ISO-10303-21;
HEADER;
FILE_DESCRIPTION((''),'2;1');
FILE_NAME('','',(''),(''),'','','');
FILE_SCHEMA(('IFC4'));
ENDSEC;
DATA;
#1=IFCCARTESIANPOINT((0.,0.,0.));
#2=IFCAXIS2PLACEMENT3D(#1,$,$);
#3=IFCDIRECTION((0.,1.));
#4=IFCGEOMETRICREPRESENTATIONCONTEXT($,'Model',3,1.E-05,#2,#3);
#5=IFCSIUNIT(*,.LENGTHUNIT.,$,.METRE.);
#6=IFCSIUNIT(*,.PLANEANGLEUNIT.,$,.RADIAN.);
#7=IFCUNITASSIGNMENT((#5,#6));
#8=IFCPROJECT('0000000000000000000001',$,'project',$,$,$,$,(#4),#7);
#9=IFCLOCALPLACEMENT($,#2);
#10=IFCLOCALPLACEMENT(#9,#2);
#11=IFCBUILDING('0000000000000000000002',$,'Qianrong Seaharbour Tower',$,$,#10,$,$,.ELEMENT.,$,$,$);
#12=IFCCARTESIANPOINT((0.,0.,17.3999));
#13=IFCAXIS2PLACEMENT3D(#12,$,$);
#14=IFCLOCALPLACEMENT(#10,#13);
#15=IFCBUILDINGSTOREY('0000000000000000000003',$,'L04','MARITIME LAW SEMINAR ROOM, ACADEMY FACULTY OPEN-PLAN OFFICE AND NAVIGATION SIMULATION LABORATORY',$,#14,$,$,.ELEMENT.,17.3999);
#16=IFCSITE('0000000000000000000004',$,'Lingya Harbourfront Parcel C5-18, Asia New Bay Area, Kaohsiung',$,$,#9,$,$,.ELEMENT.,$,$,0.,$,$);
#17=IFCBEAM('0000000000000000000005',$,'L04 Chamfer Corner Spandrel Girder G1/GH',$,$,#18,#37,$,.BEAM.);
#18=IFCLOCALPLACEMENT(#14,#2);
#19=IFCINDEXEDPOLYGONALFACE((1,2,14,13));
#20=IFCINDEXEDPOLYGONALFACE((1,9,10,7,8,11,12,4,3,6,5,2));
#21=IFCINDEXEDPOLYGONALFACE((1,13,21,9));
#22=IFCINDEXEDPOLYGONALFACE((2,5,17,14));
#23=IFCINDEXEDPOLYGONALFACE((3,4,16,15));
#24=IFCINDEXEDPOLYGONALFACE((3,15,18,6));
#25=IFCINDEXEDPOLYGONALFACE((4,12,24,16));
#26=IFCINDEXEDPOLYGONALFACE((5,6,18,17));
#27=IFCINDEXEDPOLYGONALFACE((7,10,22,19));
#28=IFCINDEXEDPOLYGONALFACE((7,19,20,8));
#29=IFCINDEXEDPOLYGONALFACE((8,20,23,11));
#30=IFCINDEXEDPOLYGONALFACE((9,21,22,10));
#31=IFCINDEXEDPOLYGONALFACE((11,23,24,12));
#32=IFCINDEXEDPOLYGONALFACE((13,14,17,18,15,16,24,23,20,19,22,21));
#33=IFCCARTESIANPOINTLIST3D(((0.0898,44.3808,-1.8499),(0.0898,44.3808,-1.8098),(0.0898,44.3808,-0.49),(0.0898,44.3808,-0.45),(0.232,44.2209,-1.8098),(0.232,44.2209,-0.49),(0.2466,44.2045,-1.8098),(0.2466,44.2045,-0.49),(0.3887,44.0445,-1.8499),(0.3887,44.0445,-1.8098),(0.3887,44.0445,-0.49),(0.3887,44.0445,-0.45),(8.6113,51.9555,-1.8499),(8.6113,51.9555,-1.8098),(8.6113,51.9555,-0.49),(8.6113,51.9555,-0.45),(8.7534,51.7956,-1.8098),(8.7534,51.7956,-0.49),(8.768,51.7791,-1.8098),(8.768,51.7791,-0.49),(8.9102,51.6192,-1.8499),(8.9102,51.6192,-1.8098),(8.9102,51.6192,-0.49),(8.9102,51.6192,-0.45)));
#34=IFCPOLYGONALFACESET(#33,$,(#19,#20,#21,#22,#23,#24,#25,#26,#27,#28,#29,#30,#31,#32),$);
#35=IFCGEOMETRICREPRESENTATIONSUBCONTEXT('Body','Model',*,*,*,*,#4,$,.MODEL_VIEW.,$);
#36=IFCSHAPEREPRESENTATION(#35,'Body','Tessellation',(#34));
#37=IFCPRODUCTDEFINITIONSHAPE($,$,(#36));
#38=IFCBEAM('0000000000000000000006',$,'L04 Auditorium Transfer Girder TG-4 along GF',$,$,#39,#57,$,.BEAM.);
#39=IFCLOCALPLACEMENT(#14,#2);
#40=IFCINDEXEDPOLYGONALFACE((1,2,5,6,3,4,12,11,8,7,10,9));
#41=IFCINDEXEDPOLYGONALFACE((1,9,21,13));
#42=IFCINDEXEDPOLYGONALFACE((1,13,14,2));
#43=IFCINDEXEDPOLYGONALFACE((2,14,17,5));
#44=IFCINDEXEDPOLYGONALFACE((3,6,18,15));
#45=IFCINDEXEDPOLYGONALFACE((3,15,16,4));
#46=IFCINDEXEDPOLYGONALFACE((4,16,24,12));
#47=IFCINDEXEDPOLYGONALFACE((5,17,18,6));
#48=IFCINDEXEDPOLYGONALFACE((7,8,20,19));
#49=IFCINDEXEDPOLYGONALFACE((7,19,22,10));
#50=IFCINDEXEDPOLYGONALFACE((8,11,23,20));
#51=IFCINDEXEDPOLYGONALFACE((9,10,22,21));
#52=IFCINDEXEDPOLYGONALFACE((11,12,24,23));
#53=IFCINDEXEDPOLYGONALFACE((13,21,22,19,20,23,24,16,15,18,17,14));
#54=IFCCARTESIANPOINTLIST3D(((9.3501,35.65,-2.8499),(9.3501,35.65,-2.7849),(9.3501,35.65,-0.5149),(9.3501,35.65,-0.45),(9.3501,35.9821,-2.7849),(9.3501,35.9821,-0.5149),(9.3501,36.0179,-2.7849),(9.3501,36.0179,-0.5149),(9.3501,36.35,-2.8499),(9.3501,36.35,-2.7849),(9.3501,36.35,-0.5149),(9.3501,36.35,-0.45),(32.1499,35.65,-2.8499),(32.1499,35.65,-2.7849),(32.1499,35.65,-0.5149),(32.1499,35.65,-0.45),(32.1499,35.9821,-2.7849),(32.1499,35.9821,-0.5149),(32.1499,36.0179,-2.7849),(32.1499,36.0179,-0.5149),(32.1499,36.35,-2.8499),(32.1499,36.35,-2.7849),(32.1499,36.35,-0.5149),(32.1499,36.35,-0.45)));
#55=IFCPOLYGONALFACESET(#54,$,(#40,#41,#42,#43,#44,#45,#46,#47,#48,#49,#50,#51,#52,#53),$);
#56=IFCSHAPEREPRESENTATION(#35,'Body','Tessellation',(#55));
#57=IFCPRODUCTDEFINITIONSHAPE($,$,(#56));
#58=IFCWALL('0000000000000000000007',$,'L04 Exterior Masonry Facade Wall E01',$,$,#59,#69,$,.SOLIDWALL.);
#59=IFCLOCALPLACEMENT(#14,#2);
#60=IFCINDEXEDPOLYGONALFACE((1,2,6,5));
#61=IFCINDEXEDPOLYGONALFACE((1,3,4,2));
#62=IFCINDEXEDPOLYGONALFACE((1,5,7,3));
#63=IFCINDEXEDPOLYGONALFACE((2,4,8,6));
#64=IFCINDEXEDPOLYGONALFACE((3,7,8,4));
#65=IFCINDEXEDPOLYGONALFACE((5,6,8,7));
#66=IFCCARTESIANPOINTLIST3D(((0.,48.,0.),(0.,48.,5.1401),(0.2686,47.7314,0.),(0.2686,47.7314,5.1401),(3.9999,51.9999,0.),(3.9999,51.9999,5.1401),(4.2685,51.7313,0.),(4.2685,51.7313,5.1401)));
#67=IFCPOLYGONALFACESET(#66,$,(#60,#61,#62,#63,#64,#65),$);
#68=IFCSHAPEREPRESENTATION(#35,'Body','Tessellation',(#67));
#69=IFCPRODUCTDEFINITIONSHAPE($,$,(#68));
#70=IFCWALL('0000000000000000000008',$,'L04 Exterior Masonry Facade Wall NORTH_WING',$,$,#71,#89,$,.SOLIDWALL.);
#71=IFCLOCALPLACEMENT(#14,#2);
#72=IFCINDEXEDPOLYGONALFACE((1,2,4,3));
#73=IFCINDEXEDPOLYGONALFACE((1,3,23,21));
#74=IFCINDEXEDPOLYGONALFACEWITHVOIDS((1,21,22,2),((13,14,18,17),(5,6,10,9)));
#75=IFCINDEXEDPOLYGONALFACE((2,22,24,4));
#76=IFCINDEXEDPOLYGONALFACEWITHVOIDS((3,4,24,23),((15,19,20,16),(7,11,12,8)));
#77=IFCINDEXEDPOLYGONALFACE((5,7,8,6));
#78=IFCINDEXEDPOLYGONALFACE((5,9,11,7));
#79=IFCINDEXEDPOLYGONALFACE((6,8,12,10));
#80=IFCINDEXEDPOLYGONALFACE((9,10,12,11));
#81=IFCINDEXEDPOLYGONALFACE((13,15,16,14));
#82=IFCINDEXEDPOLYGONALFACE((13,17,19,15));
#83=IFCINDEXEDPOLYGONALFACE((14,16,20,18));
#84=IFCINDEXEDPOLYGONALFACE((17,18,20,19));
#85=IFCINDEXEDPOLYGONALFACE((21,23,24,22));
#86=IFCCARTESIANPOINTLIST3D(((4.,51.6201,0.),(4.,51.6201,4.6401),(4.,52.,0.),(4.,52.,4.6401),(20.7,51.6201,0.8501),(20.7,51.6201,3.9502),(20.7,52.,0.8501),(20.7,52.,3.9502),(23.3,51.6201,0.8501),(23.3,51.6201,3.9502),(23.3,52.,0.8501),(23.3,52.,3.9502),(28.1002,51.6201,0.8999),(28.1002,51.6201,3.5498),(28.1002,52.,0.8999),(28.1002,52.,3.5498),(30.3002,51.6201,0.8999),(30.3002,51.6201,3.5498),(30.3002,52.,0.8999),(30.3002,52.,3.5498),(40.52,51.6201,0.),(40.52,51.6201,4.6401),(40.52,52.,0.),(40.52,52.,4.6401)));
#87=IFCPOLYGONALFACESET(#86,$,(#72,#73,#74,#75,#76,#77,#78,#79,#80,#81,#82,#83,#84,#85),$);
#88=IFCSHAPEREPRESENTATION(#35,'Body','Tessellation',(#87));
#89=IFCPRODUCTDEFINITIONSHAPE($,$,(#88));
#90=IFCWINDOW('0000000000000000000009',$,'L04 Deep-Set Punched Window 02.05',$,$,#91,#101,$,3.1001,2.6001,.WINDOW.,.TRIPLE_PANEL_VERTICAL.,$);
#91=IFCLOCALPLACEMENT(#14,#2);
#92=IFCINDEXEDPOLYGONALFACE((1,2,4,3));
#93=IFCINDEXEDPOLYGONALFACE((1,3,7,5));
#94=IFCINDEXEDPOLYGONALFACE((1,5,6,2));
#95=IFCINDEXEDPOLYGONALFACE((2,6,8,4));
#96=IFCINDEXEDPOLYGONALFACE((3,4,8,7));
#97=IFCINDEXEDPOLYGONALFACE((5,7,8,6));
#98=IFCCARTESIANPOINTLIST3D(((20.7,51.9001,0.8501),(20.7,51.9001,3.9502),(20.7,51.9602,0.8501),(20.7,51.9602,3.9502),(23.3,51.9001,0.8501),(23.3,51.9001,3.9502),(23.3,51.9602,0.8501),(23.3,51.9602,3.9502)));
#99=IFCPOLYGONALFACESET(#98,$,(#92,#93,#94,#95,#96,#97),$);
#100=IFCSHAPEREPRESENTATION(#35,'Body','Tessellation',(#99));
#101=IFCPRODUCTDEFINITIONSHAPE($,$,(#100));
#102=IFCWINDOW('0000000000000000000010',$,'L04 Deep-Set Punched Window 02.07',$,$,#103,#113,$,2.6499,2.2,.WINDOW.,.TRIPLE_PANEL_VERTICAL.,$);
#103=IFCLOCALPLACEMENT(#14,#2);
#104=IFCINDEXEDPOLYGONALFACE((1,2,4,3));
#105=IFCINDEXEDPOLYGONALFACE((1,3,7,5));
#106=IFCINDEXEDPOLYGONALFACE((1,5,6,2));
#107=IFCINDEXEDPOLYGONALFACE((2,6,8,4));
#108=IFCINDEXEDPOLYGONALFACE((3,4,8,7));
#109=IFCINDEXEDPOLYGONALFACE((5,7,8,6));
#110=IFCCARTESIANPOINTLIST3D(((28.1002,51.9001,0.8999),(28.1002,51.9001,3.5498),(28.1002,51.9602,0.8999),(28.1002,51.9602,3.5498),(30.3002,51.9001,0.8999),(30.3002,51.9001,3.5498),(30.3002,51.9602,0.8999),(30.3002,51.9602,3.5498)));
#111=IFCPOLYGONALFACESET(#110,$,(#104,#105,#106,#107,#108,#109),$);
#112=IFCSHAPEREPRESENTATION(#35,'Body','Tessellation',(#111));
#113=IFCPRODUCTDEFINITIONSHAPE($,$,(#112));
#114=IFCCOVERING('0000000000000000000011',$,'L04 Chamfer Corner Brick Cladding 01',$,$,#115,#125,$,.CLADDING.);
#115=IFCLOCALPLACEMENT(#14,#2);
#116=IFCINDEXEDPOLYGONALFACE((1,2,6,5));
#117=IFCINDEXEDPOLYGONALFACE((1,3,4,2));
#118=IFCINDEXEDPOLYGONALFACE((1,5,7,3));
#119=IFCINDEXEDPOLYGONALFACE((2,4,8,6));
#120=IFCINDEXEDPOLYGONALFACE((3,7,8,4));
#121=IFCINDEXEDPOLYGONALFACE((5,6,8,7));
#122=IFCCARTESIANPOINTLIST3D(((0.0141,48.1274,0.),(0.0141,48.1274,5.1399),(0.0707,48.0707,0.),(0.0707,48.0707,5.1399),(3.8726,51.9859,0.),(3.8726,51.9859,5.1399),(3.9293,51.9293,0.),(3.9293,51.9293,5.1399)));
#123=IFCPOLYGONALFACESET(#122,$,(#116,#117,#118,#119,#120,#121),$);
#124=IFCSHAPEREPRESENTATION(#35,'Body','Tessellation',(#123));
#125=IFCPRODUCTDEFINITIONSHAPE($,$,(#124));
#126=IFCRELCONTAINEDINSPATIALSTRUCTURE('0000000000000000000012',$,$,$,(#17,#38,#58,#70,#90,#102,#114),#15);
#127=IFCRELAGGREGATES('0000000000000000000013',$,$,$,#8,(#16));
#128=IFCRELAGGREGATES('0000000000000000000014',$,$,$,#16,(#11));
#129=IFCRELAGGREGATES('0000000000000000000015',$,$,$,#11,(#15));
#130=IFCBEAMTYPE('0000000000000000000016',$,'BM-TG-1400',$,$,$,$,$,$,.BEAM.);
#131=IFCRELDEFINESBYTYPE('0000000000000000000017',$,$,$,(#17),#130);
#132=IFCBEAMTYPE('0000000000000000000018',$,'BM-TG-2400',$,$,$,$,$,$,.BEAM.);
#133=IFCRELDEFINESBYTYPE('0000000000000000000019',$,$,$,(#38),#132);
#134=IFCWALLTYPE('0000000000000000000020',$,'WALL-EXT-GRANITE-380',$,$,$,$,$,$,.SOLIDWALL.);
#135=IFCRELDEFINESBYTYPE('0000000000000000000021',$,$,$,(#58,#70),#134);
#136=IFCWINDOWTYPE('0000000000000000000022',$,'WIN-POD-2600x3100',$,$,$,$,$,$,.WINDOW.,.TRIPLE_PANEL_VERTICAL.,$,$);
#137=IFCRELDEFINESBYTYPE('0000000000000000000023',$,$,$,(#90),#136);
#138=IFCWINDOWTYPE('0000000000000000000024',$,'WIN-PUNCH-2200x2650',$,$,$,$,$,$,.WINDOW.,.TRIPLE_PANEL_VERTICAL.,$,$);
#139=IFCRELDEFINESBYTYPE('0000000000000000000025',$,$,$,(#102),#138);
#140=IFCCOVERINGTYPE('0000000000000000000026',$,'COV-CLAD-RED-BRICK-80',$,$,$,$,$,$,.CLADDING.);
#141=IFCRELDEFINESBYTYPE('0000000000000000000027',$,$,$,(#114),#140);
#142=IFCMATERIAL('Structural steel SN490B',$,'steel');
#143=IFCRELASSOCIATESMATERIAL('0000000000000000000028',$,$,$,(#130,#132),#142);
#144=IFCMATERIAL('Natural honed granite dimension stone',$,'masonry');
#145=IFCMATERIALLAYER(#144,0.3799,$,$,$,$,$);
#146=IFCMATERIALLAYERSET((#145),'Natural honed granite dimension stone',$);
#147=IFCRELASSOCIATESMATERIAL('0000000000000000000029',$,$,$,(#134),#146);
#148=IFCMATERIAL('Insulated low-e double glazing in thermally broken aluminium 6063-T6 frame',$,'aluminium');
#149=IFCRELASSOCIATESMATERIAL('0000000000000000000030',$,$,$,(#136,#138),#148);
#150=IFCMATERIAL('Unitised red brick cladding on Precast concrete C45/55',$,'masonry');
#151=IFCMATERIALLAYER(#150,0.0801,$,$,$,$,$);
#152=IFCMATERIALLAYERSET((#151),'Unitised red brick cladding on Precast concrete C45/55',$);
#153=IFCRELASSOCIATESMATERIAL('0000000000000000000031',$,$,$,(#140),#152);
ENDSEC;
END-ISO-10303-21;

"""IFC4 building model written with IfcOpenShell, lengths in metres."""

from ifc_helpers import new_model, si_unit, direction, frame, frame_2d, origin, origin_2d, place, context, subcontext, project, spatial, rectangle, i_section, extrude, material, layer, layer_set, material_profile, profile_set, type_object, element, fill, save


model = new_model("IFC4")

# Units and contexts
model_context = context("Model", 3, precision=1e-05, world=origin(), true_north=direction((0.0, 1.0)))
body_context = subcontext(model_context, "Body", "Model", "MODEL_VIEW")
ifc_project = project(units=[si_unit("LENGTHUNIT", "METRE"), si_unit("PLANEANGLEUNIT", "RADIAN")], contexts=[model_context])

# Site, building, storey
site_placement = place(None, origin())
site = spatial("IfcSite", under=ifc_project, at=site_placement, Name="Lingya Harbourfront Parcel C5-18, Asia New Bay Area, Kaohsiung", CompositionType="ELEMENT", RefElevation=0.0)
building_placement = place(site_placement, origin())
building = spatial("IfcBuilding", under=site, at=building_placement, Name="Qianrong Seaharbour Tower", CompositionType="ELEMENT")
storey_placement = place(building_placement, frame((0.0, 0.0, 17.3999)))
storey = spatial("IfcBuildingStorey", under=building, at=storey_placement, Name="L04", Description="MARITIME LAW SEMINAR ROOM, ACADEMY FACULTY OPEN-PLAN OFFICE AND NAVIGATION SIMULATION LABORATORY", CompositionType="ELEMENT", Elevation=17.3999)

# Shared definitions
ifc_material_1 = material(Name="Structural steel SN490B", Category="steel")

# Beams
ifc_material_profile_1 = material_profile(ifc_material_1, i_section(OverallWidth=0.45, OverallDepth=1.3999, WebThickness=0.022, FlangeThickness=0.04, at=origin_2d()), Name="BH1400x450x22x40")
ifc_profile_set_1 = profile_set([ifc_material_profile_1], Name="Structural steel SN490B")
beam_type_1 = type_object("IfcBeamType", Name="BM-TG-1400", PredefinedType="BEAM", material=ifc_profile_set_1)
beam_1_placement = place(storey_placement, frame((8.7607, 51.7874, -1.1499), z_axis=(-0.747407, -0.664366, 0.0), x_axis=(0.664366, -0.747407, 0.0)))
element("IfcBeam", 1, at=beam_1_placement, inside=storey, type_object=beam_type_1, Name="L04 Chamfer Corner Spandrel Girder G1/GH", PredefinedType="BEAM", context=body_context, shape_type="SweptSolid", body=[
    extrude(i_section(OverallWidth=0.45, OverallDepth=1.3999, WebThickness=0.022, FlangeThickness=0.04, at=origin_2d()), origin(), (0.0, 0.0, 1.0), 11.4014),
])
ifc_material_profile_2 = material_profile(ifc_material_1, i_section(OverallWidth=0.7, OverallDepth=2.3999, WebThickness=0.0359, FlangeThickness=0.0649, at=origin_2d()), Name="BH2400x700x36x65")
ifc_profile_set_2 = profile_set([ifc_material_profile_2], Name="Structural steel SN490B")
beam_type_2 = type_object("IfcBeamType", Name="BM-TG-2400", PredefinedType="BEAM", material=ifc_profile_set_2)
beam_2_placement = place(storey_placement, frame((9.3501, 36.0, -1.6499), z_axis=(1.0, 0.0, 0.0), x_axis=(0.0, 1.0, 0.0)))
element("IfcBeam", 2, at=beam_2_placement, inside=storey, type_object=beam_type_2, Name="L04 Auditorium Transfer Girder TG-4 along GF", PredefinedType="BEAM", context=body_context, shape_type="SweptSolid", body=[
    extrude(i_section(OverallWidth=0.7, OverallDepth=2.3999, WebThickness=0.0359, FlangeThickness=0.0649, at=origin_2d()), origin(), (0.0, 0.0, 1.0), 22.7998),
])

# Wall
ifc_material_2 = material(Name="Natural honed granite dimension stone", Category="masonry")
ifc_layer_1 = layer(ifc_material_2, 0.3799)
ifc_layer_set_1 = layer_set([ifc_layer_1], Name="Natural honed granite dimension stone")
wall_type = type_object("IfcWallType", Name="WALL-EXT-GRANITE-380", PredefinedType="SOLIDWALL", material=ifc_layer_set_1)
wall_1_placement = place(storey_placement, frame((0.1343, 47.8657, 0.0), z_axis=(0.0, 0.0, 1.0), x_axis=(0.707107, 0.707107, 0.0)))
element("IfcWall", 3, at=wall_1_placement, inside=storey, type_object=wall_type, Name="L04 Exterior Masonry Facade Wall E01", PredefinedType="SOLIDWALL", context=body_context, shape_type="SweptSolid", body=[
    extrude(rectangle(XDim=5.6567, YDim=0.3799, at=frame_2d((2.8284, 0.0))), origin(), (0.0, 0.0, 1.0), 5.1401),
])

# Wall, openings, windows
wall_2_placement = place(storey_placement, frame((4.0, 51.8101, 0.0), z_axis=(0.0, 0.0, 1.0), x_axis=(1.0, 0.0, 0.0)))
wall_2 = element("IfcWall", 4, at=wall_2_placement, inside=storey, type_object=wall_type, Name="L04 Exterior Masonry Facade Wall NORTH_WING", PredefinedType="SOLIDWALL", context=body_context, shape_type="SweptSolid", body=[
    extrude(rectangle(XDim=36.52, YDim=0.3799, at=frame_2d((18.26, 0.0))), origin(), (0.0, 0.0, 1.0), 4.6401),
])
opening_1_placement = place(wall_2_placement, frame((16.7, 0.0, 0.8501)))
opening_1 = element("IfcOpeningElement", 5, at=opening_1_placement, cuts=wall_2, PredefinedType="OPENING", context=body_context, shape_type="SweptSolid", body=[
    extrude(rectangle(XDim=2.6001, YDim=3.1001, at=frame_2d((1.3, 1.55))), frame((0.0, 0.2, 0.0), z_axis=(0.0, -1.0, 0.0), x_axis=(1.0, 0.0, 0.0)), (0.0, 0.0, 1.0), 0.3999),
])
opening_2_placement = place(wall_2_placement, frame((24.1001, 0.0, 0.8999)))
opening_2 = element("IfcOpeningElement", 6, at=opening_2_placement, cuts=wall_2, PredefinedType="OPENING", context=body_context, shape_type="SweptSolid", body=[
    extrude(rectangle(XDim=2.2, YDim=2.6499, at=frame_2d((1.1001, 1.325))), frame((0.0, 0.2, 0.0), z_axis=(0.0, -1.0, 0.0), x_axis=(1.0, 0.0, 0.0)), (0.0, 0.0, 1.0), 0.3999),
])
ifc_material_3 = material(Name="Insulated low-e double glazing in thermally broken aluminium 6063-T6 frame", Category="aluminium")
window_type_1 = type_object("IfcWindowType", Name="WIN-POD-2600x3100", PartitioningType="TRIPLE_PANEL_VERTICAL", PredefinedType="WINDOW", material=ifc_material_3)
window_1_placement = place(opening_1_placement, origin())
window_1 = element("IfcWindow", 7, at=window_1_placement, inside=storey, type_object=window_type_1, Name="L04 Deep-Set Punched Window 02.05", OverallHeight=3.1001, OverallWidth=2.6001, PartitioningType="TRIPLE_PANEL_VERTICAL", PredefinedType="WINDOW", context=body_context, shape_type="SweptSolid", body=[
    extrude(rectangle(XDim=2.6001, YDim=3.1001, at=frame_2d((1.3, 1.55))), frame((0.0, 0.1501, 0.0), z_axis=(0.0, -1.0, 0.0), x_axis=(1.0, 0.0, 0.0)), (0.0, 0.0, 1.0), 0.0601),
])
fill(opening_1, window_1)
window_type_2 = type_object("IfcWindowType", Name="WIN-PUNCH-2200x2650", PartitioningType="TRIPLE_PANEL_VERTICAL", PredefinedType="WINDOW", material=ifc_material_3)
window_2_placement = place(opening_2_placement, origin())
window_2 = element("IfcWindow", 8, at=window_2_placement, inside=storey, type_object=window_type_2, Name="L04 Deep-Set Punched Window 02.07", OverallHeight=2.6499, OverallWidth=2.2, PartitioningType="TRIPLE_PANEL_VERTICAL", PredefinedType="WINDOW", context=body_context, shape_type="SweptSolid", body=[
    extrude(rectangle(XDim=2.2, YDim=2.6499, at=frame_2d((1.1001, 1.325))), frame((0.0, 0.1501, 0.0), z_axis=(0.0, -1.0, 0.0), x_axis=(1.0, 0.0, 0.0)), (0.0, 0.0, 1.0), 0.0601),
])
fill(opening_2, window_2)

# Covering
ifc_material_4 = material(Name="Unitised red brick cladding on Precast concrete C45/55", Category="masonry")
ifc_layer_2 = layer(ifc_material_4, 0.0801)
ifc_layer_set_2 = layer_set([ifc_layer_2], Name="Unitised red brick cladding on Precast concrete C45/55")
covering_type = type_object("IfcCoveringType", Name="COV-CLAD-RED-BRICK-80", PredefinedType="CLADDING", material=ifc_layer_set_2)
covering_placement = place(storey_placement, frame((1.9717, 50.0283, 0.0), z_axis=(0.0, 0.0, 1.0), x_axis=(0.707107, 0.707107, 0.0)))
element("IfcCovering", 9, at=covering_placement, inside=storey, type_object=covering_type, Name="L04 Chamfer Corner Brick Cladding 01", PredefinedType="CLADDING", context=body_context, shape_type="SweptSolid", body=[
    extrude(rectangle(XDim=5.4568, YDim=0.0801, at=origin_2d()), origin(), (0.0, 0.0, 1.0), 5.1399),
])

save(model, "model.ifc")
